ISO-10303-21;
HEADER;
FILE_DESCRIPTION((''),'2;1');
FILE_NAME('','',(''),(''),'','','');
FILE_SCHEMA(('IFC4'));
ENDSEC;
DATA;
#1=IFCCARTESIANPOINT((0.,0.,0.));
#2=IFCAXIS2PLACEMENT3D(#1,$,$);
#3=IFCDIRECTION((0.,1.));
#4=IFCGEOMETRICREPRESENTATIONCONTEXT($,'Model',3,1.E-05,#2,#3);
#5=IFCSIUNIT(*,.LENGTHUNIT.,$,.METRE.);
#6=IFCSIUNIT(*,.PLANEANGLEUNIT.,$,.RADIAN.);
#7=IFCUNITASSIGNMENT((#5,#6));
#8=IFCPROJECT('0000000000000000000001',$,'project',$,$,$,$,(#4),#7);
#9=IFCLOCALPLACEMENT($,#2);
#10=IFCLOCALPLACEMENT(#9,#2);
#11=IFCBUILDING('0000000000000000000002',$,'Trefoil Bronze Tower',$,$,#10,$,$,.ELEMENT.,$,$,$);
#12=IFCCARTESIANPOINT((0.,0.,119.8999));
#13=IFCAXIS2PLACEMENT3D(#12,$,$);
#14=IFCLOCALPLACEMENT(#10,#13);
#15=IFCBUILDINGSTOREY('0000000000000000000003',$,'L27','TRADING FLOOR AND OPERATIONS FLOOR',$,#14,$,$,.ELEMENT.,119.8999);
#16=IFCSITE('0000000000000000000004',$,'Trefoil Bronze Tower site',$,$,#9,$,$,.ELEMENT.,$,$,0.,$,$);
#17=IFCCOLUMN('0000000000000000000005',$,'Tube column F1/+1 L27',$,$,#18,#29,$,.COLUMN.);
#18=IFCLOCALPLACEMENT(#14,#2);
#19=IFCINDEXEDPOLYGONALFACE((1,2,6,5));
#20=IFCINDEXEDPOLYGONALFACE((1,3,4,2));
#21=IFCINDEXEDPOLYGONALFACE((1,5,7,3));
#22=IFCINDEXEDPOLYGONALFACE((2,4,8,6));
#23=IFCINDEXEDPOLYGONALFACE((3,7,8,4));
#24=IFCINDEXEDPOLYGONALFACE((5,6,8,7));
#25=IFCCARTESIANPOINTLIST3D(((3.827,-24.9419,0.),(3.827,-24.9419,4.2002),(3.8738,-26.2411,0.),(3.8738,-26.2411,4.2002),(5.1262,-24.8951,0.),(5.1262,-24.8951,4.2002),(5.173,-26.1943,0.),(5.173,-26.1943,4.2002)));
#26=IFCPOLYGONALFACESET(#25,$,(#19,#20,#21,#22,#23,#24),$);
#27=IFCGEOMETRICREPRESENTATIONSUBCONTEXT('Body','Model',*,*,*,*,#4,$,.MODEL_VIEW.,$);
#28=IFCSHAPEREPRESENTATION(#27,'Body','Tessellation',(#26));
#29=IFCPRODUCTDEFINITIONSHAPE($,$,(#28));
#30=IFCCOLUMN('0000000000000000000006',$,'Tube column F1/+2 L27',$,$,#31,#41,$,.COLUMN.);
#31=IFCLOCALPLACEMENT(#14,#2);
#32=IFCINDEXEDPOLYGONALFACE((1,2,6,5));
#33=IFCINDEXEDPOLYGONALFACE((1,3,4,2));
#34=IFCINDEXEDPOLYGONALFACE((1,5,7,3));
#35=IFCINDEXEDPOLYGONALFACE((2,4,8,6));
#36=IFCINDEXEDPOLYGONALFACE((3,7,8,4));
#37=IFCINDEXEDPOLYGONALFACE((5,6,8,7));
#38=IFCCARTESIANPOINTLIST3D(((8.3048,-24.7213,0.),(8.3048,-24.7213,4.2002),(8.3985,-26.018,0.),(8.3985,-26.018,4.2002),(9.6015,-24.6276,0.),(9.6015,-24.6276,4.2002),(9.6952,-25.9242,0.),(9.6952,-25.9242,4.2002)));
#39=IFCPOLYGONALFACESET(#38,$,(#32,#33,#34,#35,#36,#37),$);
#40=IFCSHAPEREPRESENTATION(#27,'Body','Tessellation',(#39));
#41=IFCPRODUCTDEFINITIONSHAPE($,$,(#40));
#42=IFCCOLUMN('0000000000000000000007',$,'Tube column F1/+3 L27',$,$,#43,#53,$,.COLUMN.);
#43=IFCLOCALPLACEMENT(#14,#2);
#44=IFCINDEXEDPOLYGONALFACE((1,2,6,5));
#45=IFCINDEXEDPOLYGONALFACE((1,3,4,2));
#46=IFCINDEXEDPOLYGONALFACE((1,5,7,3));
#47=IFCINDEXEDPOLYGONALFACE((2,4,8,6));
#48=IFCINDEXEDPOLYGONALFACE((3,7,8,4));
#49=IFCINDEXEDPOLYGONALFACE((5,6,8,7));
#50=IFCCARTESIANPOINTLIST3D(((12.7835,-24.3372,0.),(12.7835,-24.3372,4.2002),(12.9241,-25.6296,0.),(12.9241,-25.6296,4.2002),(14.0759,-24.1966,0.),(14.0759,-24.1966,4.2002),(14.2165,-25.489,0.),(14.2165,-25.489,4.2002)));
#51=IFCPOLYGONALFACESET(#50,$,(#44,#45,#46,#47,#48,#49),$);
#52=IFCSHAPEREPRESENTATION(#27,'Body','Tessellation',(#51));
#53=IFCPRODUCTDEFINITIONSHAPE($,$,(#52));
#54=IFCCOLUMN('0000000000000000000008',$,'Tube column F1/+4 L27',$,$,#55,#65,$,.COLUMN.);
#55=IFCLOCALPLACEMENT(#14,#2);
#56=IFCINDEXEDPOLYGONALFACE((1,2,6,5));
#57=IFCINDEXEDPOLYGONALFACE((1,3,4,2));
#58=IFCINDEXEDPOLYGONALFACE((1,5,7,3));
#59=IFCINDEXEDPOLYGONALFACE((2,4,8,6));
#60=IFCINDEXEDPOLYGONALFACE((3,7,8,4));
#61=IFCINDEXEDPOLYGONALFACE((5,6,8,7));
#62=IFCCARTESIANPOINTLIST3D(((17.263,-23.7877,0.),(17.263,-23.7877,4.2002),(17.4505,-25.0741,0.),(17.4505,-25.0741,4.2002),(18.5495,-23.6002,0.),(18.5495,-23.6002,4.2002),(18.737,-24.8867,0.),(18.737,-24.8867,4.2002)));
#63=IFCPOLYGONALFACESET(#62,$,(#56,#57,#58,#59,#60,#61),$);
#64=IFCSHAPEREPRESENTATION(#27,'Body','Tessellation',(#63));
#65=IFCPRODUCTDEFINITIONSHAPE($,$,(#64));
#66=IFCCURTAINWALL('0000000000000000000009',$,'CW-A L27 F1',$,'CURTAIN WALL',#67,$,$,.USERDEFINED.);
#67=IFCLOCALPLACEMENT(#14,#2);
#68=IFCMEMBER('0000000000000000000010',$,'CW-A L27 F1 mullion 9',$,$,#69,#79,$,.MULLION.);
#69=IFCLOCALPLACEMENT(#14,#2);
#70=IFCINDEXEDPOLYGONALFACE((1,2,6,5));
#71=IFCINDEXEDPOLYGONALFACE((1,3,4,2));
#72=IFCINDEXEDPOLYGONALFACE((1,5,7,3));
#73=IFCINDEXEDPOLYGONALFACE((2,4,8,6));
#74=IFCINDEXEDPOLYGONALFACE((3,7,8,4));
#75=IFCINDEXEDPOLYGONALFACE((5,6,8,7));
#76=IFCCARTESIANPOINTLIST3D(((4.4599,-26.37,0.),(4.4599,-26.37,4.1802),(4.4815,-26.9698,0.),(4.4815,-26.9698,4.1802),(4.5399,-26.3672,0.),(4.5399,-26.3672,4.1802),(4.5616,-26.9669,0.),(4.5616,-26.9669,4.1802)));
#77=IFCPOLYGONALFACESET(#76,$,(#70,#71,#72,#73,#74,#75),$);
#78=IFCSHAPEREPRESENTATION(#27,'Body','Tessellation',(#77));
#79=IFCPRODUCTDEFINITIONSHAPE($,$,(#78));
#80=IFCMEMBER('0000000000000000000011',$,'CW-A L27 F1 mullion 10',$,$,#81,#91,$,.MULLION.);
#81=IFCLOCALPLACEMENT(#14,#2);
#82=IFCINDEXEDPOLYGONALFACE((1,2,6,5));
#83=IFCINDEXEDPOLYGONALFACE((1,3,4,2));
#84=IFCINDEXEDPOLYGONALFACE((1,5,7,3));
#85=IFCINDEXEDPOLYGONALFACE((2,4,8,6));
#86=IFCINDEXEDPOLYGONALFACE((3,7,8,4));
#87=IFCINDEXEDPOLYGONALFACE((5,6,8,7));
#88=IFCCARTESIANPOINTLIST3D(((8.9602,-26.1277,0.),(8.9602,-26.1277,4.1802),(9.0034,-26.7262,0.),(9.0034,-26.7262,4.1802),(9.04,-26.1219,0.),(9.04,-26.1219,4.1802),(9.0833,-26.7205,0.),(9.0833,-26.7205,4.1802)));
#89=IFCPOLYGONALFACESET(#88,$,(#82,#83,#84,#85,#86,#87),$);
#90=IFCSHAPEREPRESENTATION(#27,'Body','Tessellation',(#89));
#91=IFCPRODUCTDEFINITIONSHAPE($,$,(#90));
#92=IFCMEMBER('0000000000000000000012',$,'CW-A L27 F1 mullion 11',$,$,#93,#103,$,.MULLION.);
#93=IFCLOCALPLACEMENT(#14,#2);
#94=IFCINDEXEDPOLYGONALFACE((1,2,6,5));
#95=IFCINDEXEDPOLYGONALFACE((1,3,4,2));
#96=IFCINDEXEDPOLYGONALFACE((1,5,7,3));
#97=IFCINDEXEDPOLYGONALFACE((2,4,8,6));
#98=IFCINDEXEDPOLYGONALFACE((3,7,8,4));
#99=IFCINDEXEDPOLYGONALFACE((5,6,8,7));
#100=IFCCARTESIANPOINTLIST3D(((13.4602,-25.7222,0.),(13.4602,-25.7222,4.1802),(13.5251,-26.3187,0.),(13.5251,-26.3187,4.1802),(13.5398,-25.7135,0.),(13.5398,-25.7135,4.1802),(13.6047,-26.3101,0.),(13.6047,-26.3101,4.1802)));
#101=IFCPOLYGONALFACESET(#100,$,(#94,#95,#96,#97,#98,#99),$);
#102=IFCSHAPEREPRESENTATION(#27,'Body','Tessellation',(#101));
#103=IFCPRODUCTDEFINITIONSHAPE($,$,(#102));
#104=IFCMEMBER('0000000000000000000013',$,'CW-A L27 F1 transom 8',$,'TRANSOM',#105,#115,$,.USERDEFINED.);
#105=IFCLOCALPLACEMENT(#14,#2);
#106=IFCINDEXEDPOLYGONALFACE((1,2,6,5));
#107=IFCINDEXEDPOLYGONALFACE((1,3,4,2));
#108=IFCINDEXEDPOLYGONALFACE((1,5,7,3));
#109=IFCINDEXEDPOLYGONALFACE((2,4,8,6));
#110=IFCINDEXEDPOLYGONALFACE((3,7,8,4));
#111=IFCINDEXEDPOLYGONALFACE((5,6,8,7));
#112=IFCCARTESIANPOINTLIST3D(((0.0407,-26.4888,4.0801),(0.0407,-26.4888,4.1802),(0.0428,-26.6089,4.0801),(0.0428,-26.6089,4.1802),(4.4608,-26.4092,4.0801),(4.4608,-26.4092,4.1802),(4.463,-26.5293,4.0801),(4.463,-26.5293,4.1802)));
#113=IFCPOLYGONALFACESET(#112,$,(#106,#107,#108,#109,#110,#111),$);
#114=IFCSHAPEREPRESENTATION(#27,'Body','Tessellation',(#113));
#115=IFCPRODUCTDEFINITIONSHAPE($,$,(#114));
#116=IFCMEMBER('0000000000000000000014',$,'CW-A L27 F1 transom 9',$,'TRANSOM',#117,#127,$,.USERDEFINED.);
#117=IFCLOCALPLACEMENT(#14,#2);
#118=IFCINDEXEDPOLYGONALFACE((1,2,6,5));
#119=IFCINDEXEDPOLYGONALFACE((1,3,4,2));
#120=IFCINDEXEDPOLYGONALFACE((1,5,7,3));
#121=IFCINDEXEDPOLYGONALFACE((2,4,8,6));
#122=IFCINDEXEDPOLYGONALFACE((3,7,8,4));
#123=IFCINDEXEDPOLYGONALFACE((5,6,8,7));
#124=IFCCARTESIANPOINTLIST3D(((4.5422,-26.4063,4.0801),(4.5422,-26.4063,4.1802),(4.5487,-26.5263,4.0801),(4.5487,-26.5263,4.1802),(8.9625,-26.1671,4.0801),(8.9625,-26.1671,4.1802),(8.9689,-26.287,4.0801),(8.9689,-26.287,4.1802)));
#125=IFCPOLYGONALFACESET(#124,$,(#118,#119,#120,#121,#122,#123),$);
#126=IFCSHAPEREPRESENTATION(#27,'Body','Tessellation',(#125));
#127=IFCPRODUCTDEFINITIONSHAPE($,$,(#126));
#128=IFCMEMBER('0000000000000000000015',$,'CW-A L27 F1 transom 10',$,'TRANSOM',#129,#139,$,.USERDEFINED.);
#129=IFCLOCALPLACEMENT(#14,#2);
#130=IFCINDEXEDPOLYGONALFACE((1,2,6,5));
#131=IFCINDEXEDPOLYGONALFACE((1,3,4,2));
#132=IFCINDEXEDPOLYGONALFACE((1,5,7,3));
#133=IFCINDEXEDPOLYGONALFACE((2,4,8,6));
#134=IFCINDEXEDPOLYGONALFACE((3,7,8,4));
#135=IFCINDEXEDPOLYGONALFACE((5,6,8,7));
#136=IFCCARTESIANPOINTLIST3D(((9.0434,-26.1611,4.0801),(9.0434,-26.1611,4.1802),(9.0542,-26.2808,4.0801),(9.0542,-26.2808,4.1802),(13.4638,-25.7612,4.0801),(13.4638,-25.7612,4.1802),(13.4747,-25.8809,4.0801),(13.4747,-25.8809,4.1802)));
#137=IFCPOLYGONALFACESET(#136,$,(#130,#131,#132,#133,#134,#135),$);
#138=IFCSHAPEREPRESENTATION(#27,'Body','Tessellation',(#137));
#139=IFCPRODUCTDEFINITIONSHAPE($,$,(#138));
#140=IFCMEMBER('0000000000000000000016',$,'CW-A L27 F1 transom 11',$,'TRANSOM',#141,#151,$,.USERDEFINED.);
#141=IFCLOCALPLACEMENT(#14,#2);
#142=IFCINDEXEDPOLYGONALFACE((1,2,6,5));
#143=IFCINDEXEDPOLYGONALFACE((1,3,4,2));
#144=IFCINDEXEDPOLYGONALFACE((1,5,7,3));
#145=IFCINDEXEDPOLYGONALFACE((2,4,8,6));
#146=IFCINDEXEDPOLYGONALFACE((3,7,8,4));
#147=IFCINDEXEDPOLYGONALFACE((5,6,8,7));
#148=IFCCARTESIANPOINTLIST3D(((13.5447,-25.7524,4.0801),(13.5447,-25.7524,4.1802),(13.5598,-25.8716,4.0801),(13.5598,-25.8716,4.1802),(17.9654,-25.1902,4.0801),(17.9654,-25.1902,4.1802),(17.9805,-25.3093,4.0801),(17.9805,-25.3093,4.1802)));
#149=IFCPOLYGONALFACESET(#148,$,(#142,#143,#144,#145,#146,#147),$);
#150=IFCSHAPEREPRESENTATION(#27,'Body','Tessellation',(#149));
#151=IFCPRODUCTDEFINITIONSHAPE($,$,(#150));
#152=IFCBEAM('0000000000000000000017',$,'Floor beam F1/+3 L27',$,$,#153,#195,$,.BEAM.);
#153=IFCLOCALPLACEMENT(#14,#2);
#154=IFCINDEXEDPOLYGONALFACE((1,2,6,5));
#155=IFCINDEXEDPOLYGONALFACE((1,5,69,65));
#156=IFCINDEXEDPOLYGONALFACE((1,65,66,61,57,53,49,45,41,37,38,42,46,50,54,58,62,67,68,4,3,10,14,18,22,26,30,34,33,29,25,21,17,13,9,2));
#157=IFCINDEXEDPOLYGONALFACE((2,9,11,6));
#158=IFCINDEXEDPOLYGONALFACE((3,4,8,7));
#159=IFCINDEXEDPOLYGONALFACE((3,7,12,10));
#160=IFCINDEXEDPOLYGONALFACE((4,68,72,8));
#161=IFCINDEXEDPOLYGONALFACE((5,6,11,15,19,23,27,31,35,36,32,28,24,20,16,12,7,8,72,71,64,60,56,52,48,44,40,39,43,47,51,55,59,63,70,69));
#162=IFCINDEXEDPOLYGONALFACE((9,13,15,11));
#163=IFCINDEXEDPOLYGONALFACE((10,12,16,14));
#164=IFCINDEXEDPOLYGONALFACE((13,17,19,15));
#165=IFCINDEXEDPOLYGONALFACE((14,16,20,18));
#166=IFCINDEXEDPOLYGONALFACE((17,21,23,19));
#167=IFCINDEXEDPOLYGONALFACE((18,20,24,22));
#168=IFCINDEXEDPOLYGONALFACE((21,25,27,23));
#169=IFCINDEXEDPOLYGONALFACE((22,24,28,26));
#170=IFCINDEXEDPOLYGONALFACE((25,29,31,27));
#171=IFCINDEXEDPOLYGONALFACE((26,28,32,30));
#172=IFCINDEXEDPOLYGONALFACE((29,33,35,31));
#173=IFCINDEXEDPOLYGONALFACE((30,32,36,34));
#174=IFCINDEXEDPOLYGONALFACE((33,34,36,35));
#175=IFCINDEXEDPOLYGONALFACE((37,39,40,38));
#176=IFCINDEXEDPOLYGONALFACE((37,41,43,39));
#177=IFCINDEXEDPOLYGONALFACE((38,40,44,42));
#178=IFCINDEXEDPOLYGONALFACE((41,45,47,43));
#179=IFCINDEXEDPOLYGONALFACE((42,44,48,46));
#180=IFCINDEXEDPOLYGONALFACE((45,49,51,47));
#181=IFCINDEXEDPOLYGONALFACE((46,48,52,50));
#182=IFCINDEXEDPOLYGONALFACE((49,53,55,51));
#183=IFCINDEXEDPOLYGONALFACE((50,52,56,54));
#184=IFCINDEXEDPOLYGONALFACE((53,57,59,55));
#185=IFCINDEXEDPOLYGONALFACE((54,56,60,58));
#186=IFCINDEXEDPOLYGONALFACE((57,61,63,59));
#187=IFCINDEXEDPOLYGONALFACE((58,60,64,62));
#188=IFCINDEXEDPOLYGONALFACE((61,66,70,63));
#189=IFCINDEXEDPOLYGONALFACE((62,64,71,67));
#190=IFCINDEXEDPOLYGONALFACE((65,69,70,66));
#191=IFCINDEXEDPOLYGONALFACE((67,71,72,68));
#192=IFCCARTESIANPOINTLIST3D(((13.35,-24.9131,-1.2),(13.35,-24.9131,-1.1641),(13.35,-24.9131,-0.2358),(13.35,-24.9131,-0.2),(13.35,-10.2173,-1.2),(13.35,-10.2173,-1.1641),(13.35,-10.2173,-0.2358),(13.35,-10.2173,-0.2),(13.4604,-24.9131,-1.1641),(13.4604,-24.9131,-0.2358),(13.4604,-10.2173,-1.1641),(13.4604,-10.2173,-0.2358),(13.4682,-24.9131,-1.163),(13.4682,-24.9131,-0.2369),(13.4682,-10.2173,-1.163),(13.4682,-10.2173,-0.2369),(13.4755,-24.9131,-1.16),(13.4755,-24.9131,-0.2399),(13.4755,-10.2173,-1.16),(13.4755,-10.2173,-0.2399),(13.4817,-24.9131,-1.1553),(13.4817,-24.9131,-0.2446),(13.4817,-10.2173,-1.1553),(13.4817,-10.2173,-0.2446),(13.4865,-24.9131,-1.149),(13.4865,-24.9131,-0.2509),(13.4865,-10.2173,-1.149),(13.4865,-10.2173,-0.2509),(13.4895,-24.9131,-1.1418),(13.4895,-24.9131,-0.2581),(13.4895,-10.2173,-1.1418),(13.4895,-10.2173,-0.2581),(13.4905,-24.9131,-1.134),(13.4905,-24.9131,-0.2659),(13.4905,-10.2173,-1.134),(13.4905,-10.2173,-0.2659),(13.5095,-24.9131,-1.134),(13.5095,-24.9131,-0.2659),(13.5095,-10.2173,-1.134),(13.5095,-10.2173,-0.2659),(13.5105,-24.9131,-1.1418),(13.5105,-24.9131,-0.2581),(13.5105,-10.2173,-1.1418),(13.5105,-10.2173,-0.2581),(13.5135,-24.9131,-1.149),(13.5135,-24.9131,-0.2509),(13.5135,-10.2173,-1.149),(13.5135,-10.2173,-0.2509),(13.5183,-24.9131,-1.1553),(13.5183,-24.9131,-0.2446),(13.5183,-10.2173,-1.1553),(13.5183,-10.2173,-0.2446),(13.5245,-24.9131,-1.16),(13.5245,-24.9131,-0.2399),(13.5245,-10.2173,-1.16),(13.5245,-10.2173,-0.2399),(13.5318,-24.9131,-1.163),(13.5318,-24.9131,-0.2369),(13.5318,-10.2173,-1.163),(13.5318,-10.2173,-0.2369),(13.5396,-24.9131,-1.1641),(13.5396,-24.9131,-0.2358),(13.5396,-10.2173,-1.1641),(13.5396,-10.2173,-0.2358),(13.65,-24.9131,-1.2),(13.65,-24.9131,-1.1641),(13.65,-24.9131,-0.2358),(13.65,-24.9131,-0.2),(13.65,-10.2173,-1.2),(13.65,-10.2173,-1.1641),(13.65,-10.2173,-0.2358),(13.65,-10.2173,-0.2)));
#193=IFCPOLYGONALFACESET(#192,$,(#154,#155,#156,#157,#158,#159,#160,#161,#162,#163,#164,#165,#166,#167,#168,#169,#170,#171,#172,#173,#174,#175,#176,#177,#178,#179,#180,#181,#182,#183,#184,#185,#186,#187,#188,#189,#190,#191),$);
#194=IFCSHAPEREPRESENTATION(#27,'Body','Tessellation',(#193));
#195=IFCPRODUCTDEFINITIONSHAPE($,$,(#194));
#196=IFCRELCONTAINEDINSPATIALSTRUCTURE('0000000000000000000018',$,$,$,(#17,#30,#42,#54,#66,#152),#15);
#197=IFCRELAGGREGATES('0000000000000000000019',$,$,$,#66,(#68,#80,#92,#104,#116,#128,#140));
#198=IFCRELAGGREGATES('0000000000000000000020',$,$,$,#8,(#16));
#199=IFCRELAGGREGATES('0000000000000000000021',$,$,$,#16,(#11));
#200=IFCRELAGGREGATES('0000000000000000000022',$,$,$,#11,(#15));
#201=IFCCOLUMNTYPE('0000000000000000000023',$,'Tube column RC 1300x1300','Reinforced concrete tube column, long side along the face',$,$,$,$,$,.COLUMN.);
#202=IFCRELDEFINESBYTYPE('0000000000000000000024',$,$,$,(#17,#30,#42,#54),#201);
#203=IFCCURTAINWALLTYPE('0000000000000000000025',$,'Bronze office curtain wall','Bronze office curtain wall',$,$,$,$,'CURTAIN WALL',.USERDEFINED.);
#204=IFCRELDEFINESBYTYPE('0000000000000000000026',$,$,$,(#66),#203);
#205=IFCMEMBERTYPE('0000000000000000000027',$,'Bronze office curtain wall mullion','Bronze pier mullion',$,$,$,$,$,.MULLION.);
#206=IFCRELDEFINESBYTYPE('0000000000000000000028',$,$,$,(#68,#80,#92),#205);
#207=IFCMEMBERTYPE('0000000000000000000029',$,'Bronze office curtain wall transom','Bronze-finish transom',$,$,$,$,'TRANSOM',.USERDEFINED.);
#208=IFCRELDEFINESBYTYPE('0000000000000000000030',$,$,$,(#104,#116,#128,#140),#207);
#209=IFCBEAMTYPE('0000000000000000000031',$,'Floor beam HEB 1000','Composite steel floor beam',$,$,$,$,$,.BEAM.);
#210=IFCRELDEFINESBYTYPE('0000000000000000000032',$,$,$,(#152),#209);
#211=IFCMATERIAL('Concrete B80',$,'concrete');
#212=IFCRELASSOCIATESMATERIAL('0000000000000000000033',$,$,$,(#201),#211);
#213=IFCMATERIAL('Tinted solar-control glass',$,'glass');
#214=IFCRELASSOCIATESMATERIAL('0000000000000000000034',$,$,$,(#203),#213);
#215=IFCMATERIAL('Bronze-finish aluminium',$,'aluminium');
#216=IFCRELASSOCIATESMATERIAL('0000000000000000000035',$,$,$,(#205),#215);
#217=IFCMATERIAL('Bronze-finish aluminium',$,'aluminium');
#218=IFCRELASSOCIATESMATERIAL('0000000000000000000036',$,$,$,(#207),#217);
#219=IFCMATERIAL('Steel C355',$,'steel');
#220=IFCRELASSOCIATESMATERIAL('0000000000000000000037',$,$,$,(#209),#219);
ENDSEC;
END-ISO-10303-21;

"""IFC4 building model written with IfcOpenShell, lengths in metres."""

from ifc_helpers import new_model, si_unit, direction, frame, origin, origin_2d, place, context, subcontext, project, spatial, rectangle, i_section, extrude, material, material_profile, profile_set, type_object, element, aggregate, save


model = new_model("IFC4")

# Units and contexts
model_context = context("Model", 3, precision=1e-05, world=origin(), true_north=direction((0.0, 1.0)))
body_context = subcontext(model_context, "Body", "Model", "MODEL_VIEW")
ifc_project = project(units=[si_unit("LENGTHUNIT", "METRE"), si_unit("PLANEANGLEUNIT", "RADIAN")], contexts=[model_context])

# Site, building, storey
site_placement = place(None, origin())
site = spatial("IfcSite", under=ifc_project, at=site_placement, Name="Trefoil Bronze Tower site", CompositionType="ELEMENT", RefElevation=0.0)
building_placement = place(site_placement, origin())
building = spatial("IfcBuilding", under=site, at=building_placement, Name="Trefoil Bronze Tower", CompositionType="ELEMENT")
storey_placement = place(building_placement, frame((0.0, 0.0, 119.8999)))
storey = spatial("IfcBuildingStorey", under=building, at=storey_placement, Name="L27", Description="TRADING FLOOR AND OPERATIONS FLOOR", CompositionType="ELEMENT", Elevation=119.8999)

# Columns
ifc_material_1 = material(Name="Concrete B80", Category="concrete")
ifc_material_profile_1 = material_profile(ifc_material_1, rectangle(XDim=1.3, YDim=1.3, at=origin_2d()), Name="RC 1300x1300")
ifc_profile_set_1 = profile_set([ifc_material_profile_1], Name="Concrete B80")
column_type = type_object("IfcColumnType", Name="Tube column RC 1300x1300", Description="Reinforced concrete tube column, long side along the face", PredefinedType="COLUMN", material=ifc_profile_set_1)
for number, where, z_axis, x_axis, name in (
    (1, (4.5, -25.5681, 0.0), (0.0, 0.0, 1.0), (0.99935, 0.036048, 0.0), "Tube column F1/+1 L27"),
    (2, (9.0, -25.3228, 0.0), (0.0, 0.0, 1.0), (0.997398, 0.072096, 0.0), "Tube column F1/+2 L27"),
    (3, (13.5, -24.9131, 0.0), (0.0, 0.0, 1.0), (0.994135, 0.108144, 0.0), "Tube column F1/+3 L27"),
    (4, (18.0, -24.3372, 0.0), (0.0, 0.0, 1.0), (0.98955, 0.144192, 0.0), "Tube column F1/+4 L27"),
):
    element("IfcColumn", number, at=place(storey_placement, frame(where, z_axis=z_axis, x_axis=x_axis)), inside=storey, type_object=column_type, Name=name, PredefinedType="COLUMN", context=body_context, shape_type="SweptSolid", body=[
        extrude(rectangle(XDim=1.3, YDim=1.3, at=origin_2d()), origin(), (0.0, 0.0, 1.0), 4.2002),
    ])

# Curtain wall, members
ifc_material_2 = material(Name="Tinted solar-control glass", Category="glass")
curtain_wall_type = type_object("IfcCurtainWallType", Name="Bronze office curtain wall", Description="Bronze office curtain wall", ElementType="CURTAIN WALL", PredefinedType="USERDEFINED", material=ifc_material_2)
curtain_wall_placement = place(storey_placement, origin())
curtain_wall = element("IfcCurtainWall", 5, at=curtain_wall_placement, inside=storey, type_object=curtain_wall_type, Name="CW-A L27 F1", ObjectType="CURTAIN WALL", PredefinedType="USERDEFINED")
ifc_material_3 = material(Name="Bronze-finish aluminium", Category="aluminium")
ifc_material_profile_2 = material_profile(ifc_material_3, rectangle(XDim=0.6001, YDim=0.0801, at=origin_2d()), Name="CW-A mullion")
ifc_profile_set_2 = profile_set([ifc_material_profile_2], Name="Bronze-finish aluminium")
member_type_1 = type_object("IfcMemberType", Name="Bronze office curtain wall mullion", Description="Bronze pier mullion", PredefinedType="MULLION", material=ifc_profile_set_2)
member_1_placement = place(storey_placement, frame((4.5107, -26.6685, 0.0), z_axis=(0.0, 0.0, 1.0), x_axis=(-0.036048, 0.99935, 0.0)))
member_1 = element("IfcMember", 6, at=member_1_placement, type_object=member_type_1, Name="CW-A L27 F1 mullion 9", PredefinedType="MULLION", context=body_context, shape_type="SweptSolid", body=[
    extrude(rectangle(XDim=0.6001, YDim=0.0801, at=origin_2d()), origin(), (0.0, 0.0, 1.0), 4.1802),
])
member_2_placement = place(storey_placement, frame((9.0217, -26.4241, 0.0), z_axis=(0.0, 0.0, 1.0), x_axis=(-0.072096, 0.997398, 0.0)))
member_2 = element("IfcMember", 7, at=member_2_placement, type_object=member_type_1, Name="CW-A L27 F1 mullion 10", PredefinedType="MULLION", context=body_context, shape_type="SweptSolid", body=[
    extrude(rectangle(XDim=0.6001, YDim=0.0801, at=origin_2d()), origin(), (0.0, 0.0, 1.0), 4.1802),
])
member_3_placement = place(storey_placement, frame((13.5325, -26.0161, 0.0), z_axis=(0.0, 0.0, 1.0), x_axis=(-0.108144, 0.994135, 0.0)))
member_3 = element("IfcMember", 8, at=member_3_placement, type_object=member_type_1, Name="CW-A L27 F1 mullion 11", PredefinedType="MULLION", context=body_context, shape_type="SweptSolid", body=[
    extrude(rectangle(XDim=0.6001, YDim=0.0801, at=origin_2d()), origin(), (0.0, 0.0, 1.0), 4.1802),
])
ifc_material_4 = material(Name="Bronze-finish aluminium", Category="aluminium")
ifc_material_profile_3 = material_profile(ifc_material_4, rectangle(XDim=0.1201, YDim=0.1001, at=origin_2d()), Name="CW-A transom")
ifc_profile_set_3 = profile_set([ifc_material_profile_3], Name="Bronze-finish aluminium")
member_type_2 = type_object("IfcMemberType", Name="Bronze office curtain wall transom", Description="Bronze-finish transom", ElementType="TRANSOM", PredefinedType="USERDEFINED", material=ifc_profile_set_3)
member_4_placement = place(storey_placement, frame((0.0417, -26.5488, 4.1301), z_axis=(0.999838, 0.018003, 0.0), x_axis=(-0.018003, 0.999838, 0.0)))
member_4 = element("IfcMember", 9, at=member_4_placement, type_object=member_type_2, Name="CW-A L27 F1 transom 8", ObjectType="TRANSOM", PredefinedType="USERDEFINED", context=body_context, shape_type="SweptSolid", body=[
    extrude(rectangle(XDim=0.1201, YDim=0.1001, at=origin_2d()), origin(), (0.0, 0.0, 1.0), 4.4209),
])
member_5_placement = place(storey_placement, frame((4.5454, -26.4663, 4.1301), z_axis=(0.998538, 0.05405, 0.0), x_axis=(-0.05405, 0.998538, 0.0)))
member_5 = element("IfcMember", 10, at=member_5_placement, type_object=member_type_2, Name="CW-A L27 F1 transom 9", ObjectType="TRANSOM", PredefinedType="USERDEFINED", context=body_context, shape_type="SweptSolid", body=[
    extrude(rectangle(XDim=0.1201, YDim=0.1001, at=origin_2d()), origin(), (0.0, 0.0, 1.0), 4.4268),
])
member_6_placement = place(storey_placement, frame((9.0488, -26.2209, 4.1301), z_axis=(0.995933, 0.090099, 0.0), x_axis=(-0.090099, 0.995933, 0.0)))
member_6 = element("IfcMember", 11, at=member_6_placement, type_object=member_type_2, Name="CW-A L27 F1 transom 10", ObjectType="TRANSOM", PredefinedType="USERDEFINED", context=body_context, shape_type="SweptSolid", body=[
    extrude(rectangle(XDim=0.1201, YDim=0.1001, at=origin_2d()), origin(), (0.0, 0.0, 1.0), 4.4385),
])
member_7_placement = place(storey_placement, frame((13.5522, -25.812, 4.1301), z_axis=(0.992008, 0.126172, 0.0), x_axis=(-0.126172, 0.992008, 0.0)))
member_7 = element("IfcMember", 12, at=member_7_placement, type_object=member_type_2, Name="CW-A L27 F1 transom 11", ObjectType="TRANSOM", PredefinedType="USERDEFINED", context=body_context, shape_type="SweptSolid", body=[
    extrude(rectangle(XDim=0.1201, YDim=0.1001, at=origin_2d()), origin(), (0.0, 0.0, 1.0), 4.4563),
])

# Beam
ifc_material_5 = material(Name="Steel C355", Category="steel")
ifc_material_profile_4 = material_profile(ifc_material_5, i_section(OverallWidth=0.3, OverallDepth=1.0, WebThickness=0.019, FlangeThickness=0.0359, FilletRadius=0.03, at=origin_2d()), Name="HEB 1000")
ifc_profile_set_4 = profile_set([ifc_material_profile_4], Name="Steel C355")
beam_type_1 = type_object("IfcBeamType", Name="Floor beam HEB 1000", Description="Composite steel floor beam", PredefinedType="BEAM", material=ifc_profile_set_4)
beam_1_placement = place(storey_placement, frame((13.5, -24.9131, -0.7), z_axis=(0.0, 1.0, 0.0), x_axis=(-1.0, 0.0, 0.0)))
element("IfcBeam", 13, at=beam_1_placement, inside=storey, type_object=beam_type_1, Name="Floor beam F1/+3 L27", PredefinedType="BEAM", context=body_context, shape_type="SweptSolid", body=[
    extrude(i_section(OverallWidth=0.3, OverallDepth=1.0, WebThickness=0.019, FlangeThickness=0.0359, FilletRadius=0.03, at=origin_2d()), origin(), (0.0, 0.0, 1.0), 14.6958),
])

aggregate(curtain_wall, [member_1, member_2, member_3, member_4, member_5, member_6, member_7])

save(model, "model.ifc")
